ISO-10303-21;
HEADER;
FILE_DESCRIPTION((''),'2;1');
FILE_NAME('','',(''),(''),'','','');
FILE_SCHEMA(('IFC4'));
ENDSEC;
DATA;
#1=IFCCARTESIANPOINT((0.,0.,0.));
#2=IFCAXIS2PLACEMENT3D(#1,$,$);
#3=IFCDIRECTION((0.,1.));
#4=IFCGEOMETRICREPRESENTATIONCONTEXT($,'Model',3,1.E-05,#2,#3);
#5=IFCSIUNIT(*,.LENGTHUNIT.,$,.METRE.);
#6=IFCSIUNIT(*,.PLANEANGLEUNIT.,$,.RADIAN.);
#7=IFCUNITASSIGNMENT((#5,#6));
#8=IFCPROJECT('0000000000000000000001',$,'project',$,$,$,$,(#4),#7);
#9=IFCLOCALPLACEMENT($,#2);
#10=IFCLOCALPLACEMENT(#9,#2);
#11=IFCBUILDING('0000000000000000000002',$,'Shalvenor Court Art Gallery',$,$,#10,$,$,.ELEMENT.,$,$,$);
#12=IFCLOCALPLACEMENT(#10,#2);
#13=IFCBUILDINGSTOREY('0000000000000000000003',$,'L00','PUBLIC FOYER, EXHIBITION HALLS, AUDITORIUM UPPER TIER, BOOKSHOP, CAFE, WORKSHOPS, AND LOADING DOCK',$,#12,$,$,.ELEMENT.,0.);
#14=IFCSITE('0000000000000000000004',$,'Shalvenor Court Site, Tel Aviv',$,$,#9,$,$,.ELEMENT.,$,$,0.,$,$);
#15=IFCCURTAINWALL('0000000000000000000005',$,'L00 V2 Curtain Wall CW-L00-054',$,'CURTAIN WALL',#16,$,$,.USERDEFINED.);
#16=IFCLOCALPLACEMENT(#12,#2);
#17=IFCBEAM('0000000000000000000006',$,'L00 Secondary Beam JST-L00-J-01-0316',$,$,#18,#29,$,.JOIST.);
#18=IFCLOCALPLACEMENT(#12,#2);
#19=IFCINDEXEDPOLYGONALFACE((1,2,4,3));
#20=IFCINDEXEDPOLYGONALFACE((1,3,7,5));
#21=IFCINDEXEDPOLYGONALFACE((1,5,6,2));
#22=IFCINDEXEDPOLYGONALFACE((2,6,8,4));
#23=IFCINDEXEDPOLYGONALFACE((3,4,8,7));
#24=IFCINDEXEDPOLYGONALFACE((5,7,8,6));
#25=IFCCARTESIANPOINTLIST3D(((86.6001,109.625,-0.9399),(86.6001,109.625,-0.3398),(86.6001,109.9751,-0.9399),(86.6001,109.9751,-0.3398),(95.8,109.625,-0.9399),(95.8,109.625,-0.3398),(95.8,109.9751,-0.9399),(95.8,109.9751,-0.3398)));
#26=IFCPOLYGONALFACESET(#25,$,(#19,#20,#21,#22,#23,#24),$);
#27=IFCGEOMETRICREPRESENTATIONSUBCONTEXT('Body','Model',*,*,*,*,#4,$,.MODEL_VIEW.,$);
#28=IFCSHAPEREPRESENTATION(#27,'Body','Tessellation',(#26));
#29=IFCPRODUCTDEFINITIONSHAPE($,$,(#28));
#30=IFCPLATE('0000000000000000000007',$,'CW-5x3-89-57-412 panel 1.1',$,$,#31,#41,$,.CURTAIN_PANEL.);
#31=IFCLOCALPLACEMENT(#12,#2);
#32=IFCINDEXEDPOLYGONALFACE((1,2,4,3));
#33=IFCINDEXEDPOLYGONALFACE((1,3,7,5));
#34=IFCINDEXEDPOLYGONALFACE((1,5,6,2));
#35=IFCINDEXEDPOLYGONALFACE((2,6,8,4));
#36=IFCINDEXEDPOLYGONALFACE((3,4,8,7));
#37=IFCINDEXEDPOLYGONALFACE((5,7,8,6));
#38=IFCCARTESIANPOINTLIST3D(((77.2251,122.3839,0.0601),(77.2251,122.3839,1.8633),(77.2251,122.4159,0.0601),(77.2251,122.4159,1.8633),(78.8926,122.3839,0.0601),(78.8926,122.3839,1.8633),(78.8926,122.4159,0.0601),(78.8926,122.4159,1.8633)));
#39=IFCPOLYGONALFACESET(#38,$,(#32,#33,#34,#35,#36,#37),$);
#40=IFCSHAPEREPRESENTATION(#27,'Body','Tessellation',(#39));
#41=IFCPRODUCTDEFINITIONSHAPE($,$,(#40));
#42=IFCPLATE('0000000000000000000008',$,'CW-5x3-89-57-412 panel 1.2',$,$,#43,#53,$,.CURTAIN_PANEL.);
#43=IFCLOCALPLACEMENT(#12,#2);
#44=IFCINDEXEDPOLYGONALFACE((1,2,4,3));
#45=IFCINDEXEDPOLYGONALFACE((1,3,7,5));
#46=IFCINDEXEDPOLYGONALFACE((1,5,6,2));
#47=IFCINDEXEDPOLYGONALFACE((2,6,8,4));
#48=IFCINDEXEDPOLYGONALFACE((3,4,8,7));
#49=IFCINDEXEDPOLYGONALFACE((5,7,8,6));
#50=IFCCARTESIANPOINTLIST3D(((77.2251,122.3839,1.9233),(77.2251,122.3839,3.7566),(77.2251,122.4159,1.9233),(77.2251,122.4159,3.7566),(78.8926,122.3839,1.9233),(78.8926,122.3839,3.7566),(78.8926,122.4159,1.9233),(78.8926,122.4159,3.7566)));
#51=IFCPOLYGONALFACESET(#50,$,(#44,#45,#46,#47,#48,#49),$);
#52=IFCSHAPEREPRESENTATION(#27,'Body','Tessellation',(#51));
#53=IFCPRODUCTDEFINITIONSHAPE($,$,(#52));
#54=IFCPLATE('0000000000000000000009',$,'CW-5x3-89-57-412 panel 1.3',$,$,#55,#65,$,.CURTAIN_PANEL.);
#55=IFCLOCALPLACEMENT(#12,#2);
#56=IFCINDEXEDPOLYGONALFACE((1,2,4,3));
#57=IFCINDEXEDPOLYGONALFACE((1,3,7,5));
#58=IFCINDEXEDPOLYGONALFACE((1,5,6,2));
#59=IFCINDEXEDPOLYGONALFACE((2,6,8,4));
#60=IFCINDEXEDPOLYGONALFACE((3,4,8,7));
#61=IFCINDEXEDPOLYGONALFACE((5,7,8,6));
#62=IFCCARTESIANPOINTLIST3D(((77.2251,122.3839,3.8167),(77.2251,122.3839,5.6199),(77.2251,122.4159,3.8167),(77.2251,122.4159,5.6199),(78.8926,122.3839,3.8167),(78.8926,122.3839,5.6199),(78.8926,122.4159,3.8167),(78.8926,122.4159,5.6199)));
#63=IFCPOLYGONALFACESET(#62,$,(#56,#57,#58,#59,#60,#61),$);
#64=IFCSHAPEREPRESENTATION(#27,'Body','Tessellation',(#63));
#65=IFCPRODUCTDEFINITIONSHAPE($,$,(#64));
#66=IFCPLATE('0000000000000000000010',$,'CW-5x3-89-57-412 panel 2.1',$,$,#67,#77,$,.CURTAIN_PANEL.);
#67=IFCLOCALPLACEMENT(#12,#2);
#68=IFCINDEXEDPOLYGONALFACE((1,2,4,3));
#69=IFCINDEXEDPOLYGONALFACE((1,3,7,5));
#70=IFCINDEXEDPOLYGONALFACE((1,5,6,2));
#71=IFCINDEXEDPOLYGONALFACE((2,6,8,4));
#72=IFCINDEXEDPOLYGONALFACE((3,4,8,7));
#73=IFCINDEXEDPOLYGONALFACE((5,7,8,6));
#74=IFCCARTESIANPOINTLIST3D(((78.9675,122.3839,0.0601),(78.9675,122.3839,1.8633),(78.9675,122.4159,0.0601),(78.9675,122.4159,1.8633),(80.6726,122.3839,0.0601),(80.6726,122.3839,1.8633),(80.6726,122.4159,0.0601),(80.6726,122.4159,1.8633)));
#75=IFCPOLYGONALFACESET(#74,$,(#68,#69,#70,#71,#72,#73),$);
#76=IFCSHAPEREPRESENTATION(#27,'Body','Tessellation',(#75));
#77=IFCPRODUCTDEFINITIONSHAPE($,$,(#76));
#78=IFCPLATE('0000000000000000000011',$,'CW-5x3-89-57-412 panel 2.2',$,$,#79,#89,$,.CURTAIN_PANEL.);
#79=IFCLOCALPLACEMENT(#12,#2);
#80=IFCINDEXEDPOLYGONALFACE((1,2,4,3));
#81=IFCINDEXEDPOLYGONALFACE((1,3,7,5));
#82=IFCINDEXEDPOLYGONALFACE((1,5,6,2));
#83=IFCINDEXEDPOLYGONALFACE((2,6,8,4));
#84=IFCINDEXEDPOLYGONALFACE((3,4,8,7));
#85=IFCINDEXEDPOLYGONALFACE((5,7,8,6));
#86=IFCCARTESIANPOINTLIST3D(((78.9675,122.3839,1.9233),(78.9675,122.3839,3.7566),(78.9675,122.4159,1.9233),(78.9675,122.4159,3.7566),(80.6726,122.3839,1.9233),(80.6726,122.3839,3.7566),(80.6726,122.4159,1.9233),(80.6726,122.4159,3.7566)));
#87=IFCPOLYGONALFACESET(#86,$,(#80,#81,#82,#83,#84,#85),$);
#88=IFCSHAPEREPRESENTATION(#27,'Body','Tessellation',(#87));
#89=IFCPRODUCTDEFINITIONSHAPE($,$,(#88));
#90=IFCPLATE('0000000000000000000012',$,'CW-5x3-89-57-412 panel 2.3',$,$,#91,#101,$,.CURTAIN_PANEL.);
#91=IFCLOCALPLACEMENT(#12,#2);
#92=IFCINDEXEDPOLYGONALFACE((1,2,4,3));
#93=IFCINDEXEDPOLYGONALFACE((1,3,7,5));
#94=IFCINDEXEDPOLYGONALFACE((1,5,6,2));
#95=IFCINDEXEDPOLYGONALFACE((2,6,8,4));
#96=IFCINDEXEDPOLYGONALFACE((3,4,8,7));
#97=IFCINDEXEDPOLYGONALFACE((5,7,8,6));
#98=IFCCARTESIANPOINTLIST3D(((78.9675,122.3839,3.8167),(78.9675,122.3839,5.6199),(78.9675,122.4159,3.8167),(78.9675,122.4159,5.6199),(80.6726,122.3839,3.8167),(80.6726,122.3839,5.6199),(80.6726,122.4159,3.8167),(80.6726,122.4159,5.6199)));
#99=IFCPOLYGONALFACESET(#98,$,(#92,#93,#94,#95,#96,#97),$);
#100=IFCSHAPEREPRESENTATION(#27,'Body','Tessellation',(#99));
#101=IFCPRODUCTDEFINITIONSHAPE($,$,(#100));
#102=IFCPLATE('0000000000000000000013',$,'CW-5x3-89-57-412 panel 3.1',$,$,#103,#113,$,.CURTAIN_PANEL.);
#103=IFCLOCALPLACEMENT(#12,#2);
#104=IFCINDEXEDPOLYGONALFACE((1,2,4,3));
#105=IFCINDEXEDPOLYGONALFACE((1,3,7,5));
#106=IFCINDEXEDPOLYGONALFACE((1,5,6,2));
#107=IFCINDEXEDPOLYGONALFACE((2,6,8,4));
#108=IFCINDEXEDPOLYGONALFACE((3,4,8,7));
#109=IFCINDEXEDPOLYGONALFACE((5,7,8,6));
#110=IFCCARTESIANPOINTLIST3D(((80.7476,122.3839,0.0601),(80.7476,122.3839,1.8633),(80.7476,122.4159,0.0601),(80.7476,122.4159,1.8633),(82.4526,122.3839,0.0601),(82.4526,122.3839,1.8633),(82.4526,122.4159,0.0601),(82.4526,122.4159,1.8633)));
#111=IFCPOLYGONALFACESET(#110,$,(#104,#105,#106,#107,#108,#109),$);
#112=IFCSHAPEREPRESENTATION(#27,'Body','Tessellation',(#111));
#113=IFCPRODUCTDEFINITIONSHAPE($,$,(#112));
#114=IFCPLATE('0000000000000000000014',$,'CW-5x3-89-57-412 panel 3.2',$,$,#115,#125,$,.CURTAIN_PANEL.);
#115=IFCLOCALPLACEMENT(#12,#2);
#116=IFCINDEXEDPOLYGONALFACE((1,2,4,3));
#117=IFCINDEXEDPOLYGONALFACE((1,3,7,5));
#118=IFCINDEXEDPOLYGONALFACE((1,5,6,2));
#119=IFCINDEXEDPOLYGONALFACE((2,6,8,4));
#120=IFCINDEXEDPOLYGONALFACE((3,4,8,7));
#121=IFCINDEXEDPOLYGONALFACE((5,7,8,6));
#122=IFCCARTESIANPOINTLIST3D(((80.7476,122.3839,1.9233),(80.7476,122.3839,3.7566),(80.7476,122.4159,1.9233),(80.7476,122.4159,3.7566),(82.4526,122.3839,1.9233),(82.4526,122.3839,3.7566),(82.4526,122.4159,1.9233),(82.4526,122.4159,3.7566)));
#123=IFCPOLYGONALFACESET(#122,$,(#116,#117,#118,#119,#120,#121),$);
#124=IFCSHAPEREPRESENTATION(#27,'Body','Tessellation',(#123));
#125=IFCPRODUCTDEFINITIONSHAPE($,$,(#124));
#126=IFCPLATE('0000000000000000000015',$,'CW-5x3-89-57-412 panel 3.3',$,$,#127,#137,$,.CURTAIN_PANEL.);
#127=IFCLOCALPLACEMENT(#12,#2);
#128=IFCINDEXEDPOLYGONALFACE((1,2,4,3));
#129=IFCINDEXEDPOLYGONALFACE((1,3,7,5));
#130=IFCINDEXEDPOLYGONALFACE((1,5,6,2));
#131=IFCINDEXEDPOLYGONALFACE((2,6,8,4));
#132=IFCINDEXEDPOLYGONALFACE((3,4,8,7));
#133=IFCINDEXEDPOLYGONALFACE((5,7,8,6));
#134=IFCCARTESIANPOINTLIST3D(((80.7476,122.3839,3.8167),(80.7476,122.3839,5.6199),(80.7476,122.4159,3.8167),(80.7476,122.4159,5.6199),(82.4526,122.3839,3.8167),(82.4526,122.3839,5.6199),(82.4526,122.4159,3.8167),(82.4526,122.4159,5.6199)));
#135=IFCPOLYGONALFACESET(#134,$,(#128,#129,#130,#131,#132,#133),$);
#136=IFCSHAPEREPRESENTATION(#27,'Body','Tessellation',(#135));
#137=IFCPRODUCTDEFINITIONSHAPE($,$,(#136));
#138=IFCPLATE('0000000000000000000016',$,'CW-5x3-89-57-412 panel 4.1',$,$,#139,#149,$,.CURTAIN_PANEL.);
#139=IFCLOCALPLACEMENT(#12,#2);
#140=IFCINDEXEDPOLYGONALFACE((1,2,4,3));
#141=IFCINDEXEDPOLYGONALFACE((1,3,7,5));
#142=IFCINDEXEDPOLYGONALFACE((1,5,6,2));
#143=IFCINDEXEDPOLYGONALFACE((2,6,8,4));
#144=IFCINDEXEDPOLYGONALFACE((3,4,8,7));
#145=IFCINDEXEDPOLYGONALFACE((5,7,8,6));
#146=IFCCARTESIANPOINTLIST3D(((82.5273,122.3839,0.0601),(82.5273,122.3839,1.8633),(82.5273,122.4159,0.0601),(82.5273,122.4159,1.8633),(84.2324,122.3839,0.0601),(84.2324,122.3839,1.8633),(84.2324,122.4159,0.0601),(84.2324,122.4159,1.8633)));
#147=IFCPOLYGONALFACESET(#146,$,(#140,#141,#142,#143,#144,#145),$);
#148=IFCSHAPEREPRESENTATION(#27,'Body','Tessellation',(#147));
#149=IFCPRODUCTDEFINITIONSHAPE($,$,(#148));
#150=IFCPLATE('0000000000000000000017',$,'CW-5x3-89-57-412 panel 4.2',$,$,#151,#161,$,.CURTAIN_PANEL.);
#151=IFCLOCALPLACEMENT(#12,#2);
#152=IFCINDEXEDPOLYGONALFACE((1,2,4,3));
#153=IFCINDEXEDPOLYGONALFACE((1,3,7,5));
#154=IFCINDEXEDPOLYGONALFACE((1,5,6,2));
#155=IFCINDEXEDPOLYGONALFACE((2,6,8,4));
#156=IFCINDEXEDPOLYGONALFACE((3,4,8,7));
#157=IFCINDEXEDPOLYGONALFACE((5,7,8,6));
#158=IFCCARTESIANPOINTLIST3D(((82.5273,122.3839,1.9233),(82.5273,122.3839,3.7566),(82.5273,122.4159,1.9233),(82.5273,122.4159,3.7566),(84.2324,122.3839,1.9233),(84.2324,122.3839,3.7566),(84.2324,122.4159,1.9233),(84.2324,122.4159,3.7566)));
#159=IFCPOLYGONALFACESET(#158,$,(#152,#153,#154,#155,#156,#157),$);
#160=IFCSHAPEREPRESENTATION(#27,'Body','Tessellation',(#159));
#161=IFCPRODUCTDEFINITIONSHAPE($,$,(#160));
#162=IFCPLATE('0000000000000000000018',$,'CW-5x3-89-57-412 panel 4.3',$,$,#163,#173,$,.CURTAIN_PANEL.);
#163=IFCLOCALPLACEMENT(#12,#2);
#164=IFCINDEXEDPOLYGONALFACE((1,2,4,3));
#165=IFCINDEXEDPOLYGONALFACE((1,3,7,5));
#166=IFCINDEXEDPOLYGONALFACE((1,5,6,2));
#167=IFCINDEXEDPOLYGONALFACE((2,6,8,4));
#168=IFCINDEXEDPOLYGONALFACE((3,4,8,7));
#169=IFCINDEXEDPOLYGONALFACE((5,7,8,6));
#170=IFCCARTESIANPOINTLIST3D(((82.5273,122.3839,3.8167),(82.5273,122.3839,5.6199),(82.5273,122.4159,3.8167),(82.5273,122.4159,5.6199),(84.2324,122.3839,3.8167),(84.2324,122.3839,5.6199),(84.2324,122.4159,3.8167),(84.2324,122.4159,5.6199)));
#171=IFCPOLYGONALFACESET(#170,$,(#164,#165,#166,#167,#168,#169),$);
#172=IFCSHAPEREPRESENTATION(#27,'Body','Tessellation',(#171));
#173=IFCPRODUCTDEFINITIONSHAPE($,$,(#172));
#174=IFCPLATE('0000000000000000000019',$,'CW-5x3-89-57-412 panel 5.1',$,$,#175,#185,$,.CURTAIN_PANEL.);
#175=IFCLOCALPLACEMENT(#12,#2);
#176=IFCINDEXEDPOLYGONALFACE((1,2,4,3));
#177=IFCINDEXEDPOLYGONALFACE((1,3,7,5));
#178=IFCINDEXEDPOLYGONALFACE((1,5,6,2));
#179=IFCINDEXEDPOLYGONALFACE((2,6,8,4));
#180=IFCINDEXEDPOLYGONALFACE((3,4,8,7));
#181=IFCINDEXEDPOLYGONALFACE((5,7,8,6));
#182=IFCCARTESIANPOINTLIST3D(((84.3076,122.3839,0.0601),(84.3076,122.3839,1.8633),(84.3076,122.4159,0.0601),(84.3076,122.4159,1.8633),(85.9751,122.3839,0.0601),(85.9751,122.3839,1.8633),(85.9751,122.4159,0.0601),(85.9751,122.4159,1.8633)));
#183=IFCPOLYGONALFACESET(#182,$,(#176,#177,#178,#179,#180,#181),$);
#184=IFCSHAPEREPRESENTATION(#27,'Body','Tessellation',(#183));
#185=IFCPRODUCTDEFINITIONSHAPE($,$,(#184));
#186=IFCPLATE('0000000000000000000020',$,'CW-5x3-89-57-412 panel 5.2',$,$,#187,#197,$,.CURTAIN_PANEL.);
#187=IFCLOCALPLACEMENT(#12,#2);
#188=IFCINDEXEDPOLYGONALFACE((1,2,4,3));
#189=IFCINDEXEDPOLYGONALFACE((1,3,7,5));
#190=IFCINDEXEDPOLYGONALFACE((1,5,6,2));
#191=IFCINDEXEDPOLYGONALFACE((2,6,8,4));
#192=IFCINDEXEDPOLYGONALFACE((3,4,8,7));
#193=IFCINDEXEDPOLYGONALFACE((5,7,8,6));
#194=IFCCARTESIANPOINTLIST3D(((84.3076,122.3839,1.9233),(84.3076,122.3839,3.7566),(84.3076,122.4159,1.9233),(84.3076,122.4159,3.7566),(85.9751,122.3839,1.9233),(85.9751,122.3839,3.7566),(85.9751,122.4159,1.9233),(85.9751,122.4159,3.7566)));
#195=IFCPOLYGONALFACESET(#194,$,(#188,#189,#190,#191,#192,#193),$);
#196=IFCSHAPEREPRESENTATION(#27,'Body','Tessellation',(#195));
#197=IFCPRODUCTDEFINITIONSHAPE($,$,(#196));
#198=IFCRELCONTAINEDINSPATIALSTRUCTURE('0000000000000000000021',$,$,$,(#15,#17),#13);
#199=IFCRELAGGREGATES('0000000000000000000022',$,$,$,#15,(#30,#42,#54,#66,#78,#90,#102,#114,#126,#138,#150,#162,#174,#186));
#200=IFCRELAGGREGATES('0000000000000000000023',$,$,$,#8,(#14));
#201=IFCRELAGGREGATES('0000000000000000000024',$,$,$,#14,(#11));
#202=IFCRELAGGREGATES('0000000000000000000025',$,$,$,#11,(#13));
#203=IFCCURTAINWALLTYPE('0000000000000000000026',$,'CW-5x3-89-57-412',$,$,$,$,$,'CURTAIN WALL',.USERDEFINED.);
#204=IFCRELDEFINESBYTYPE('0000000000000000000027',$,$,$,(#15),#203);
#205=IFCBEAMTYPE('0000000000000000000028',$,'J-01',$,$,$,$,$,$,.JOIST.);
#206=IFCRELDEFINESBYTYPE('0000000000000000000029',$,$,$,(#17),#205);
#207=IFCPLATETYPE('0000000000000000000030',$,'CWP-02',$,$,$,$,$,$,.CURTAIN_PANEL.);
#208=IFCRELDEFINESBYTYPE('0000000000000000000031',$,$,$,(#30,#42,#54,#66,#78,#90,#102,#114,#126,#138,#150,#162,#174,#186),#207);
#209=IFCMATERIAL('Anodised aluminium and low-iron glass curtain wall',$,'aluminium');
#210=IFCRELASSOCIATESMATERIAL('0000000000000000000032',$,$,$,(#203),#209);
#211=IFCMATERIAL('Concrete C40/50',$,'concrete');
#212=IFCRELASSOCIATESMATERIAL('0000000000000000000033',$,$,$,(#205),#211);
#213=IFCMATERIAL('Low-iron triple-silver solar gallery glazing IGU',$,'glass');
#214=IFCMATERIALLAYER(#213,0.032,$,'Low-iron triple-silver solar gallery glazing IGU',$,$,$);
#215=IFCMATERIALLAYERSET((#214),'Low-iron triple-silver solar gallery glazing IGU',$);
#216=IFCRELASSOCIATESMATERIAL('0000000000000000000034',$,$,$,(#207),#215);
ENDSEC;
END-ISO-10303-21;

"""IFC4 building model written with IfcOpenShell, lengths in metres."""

from ifc_helpers import new_model, si_unit, direction, frame, origin, origin_2d, place, context, subcontext, project, spatial, rectangle, extrude, material, layer, layer_set, material_profile, profile_set, type_object, element, aggregate, save


model = new_model("IFC4")

# Units and contexts
model_context = context("Model", 3, precision=1e-05, world=origin(), true_north=direction((0.0, 1.0)))
body_context = subcontext(model_context, "Body", "Model", "MODEL_VIEW")
ifc_project = project(units=[si_unit("LENGTHUNIT", "METRE"), si_unit("PLANEANGLEUNIT", "RADIAN")], contexts=[model_context])

# Site, building, storey
site_placement = place(None, origin())
site = spatial("IfcSite", under=ifc_project, at=site_placement, Name="Shalvenor Court Site, Tel Aviv", CompositionType="ELEMENT", RefElevation=0.0)
building_placement = place(site_placement, origin())
building = spatial("IfcBuilding", under=site, at=building_placement, Name="Shalvenor Court Art Gallery", CompositionType="ELEMENT")
storey_placement = place(building_placement, origin())
storey = spatial("IfcBuildingStorey", under=building, at=storey_placement, Name="L00", Description="PUBLIC FOYER, EXHIBITION HALLS, AUDITORIUM UPPER TIER, BOOKSHOP, CAFE, WORKSHOPS, AND LOADING DOCK", CompositionType="ELEMENT", Elevation=0.0)

# Curtain wall
ifc_material_1 = material(Name="Anodised aluminium and low-iron glass curtain wall", Category="aluminium")
curtain_wall_type = type_object("IfcCurtainWallType", Name="CW-5x3-89-57-412", ElementType="CURTAIN WALL", PredefinedType="USERDEFINED", material=ifc_material_1)
curtain_wall_placement = place(storey_placement, origin())
curtain_wall = element("IfcCurtainWall", 1, at=curtain_wall_placement, inside=storey, type_object=curtain_wall_type, Name="L00 V2 Curtain Wall CW-L00-054", ObjectType="CURTAIN WALL", PredefinedType="USERDEFINED")

# Beam
ifc_material_2 = material(Name="Concrete C40/50", Category="concrete")
ifc_material_profile_1 = material_profile(ifc_material_2, rectangle(XDim=0.3501, YDim=0.6001, at=origin_2d()), Name="RC 350x600")
ifc_profile_set_1 = profile_set([ifc_material_profile_1], Name="Concrete C40/50")
beam_type_1 = type_object("IfcBeamType", Name="J-01", PredefinedType="JOIST", material=ifc_profile_set_1)
beam_1_placement = place(storey_placement, frame((86.6001, 109.8, -0.6399), z_axis=(1.0, 0.0, 0.0), x_axis=(0.0, 1.0, 0.0)))
element("IfcBeam", 2, at=beam_1_placement, inside=storey, type_object=beam_type_1, Name="L00 Secondary Beam JST-L00-J-01-0316", PredefinedType="JOIST", context=body_context, shape_type="SweptSolid", body=[
    extrude(rectangle(XDim=0.3501, YDim=0.6001, at=origin_2d()), origin(), (0.0, 0.0, 1.0), 9.2),
])

# Plates
ifc_material_3 = material(Name="Low-iron triple-silver solar gallery glazing IGU", Category="glass")
ifc_layer_1 = layer(ifc_material_3, 0.032, Name="Low-iron triple-silver solar gallery glazing IGU")
ifc_layer_set_1 = layer_set([ifc_layer_1], Name="Low-iron triple-silver solar gallery glazing IGU")
plate_type_1 = type_object("IfcPlateType", Name="CWP-02", PredefinedType="CURTAIN_PANEL", material=ifc_layer_set_1)
plate_1_placement = place(storey_placement, frame((78.0588, 122.3999, 0.0601), z_axis=(0.0, 0.0, 1.0), x_axis=(1.0, 0.0, 0.0)))
plate_1 = element("IfcPlate", 3, at=plate_1_placement, type_object=plate_type_1, Name="CW-5x3-89-57-412 panel 1.1", PredefinedType="CURTAIN_PANEL", context=body_context, shape_type="SweptSolid", body=[
    extrude(rectangle(XDim=1.6675, YDim=0.032, at=origin_2d()), origin(), (0.0, 0.0, 1.0), 1.8032),
])
plate_2_placement = place(storey_placement, frame((78.0588, 122.3999, 1.9233), z_axis=(0.0, 0.0, 1.0), x_axis=(1.0, 0.0, 0.0)))
plate_2 = element("IfcPlate", 4, at=plate_2_placement, type_object=plate_type_1, Name="CW-5x3-89-57-412 panel 1.2", PredefinedType="CURTAIN_PANEL", context=body_context, shape_type="SweptSolid", body=[
    extrude(rectangle(XDim=1.6675, YDim=0.032, at=origin_2d()), origin(), (0.0, 0.0, 1.0), 1.8333),
])
plate_3_placement = place(storey_placement, frame((78.0588, 122.3999, 3.8167), z_axis=(0.0, 0.0, 1.0), x_axis=(1.0, 0.0, 0.0)))
plate_3 = element("IfcPlate", 5, at=plate_3_placement, type_object=plate_type_1, Name="CW-5x3-89-57-412 panel 1.3", PredefinedType="CURTAIN_PANEL", context=body_context, shape_type="SweptSolid", body=[
    extrude(rectangle(XDim=1.6675, YDim=0.032, at=origin_2d()), origin(), (0.0, 0.0, 1.0), 1.8032),
])
plate_4_placement = place(storey_placement, frame((79.8201, 122.3999, 0.0601), z_axis=(0.0, 0.0, 1.0), x_axis=(1.0, 0.0, 0.0)))
plate_4 = element("IfcPlate", 6, at=plate_4_placement, type_object=plate_type_1, Name="CW-5x3-89-57-412 panel 2.1", PredefinedType="CURTAIN_PANEL", context=body_context, shape_type="SweptSolid", body=[
    extrude(rectangle(XDim=1.7051, YDim=0.032, at=origin_2d()), origin(), (0.0, 0.0, 1.0), 1.8032),
])
plate_5_placement = place(storey_placement, frame((79.8201, 122.3999, 1.9233), z_axis=(0.0, 0.0, 1.0), x_axis=(1.0, 0.0, 0.0)))
plate_5 = element("IfcPlate", 7, at=plate_5_placement, type_object=plate_type_1, Name="CW-5x3-89-57-412 panel 2.2", PredefinedType="CURTAIN_PANEL", context=body_context, shape_type="SweptSolid", body=[
    extrude(rectangle(XDim=1.7051, YDim=0.032, at=origin_2d()), origin(), (0.0, 0.0, 1.0), 1.8333),
])
plate_6_placement = place(storey_placement, frame((79.8201, 122.3999, 3.8167), z_axis=(0.0, 0.0, 1.0), x_axis=(1.0, 0.0, 0.0)))
plate_6 = element("IfcPlate", 8, at=plate_6_placement, type_object=plate_type_1, Name="CW-5x3-89-57-412 panel 2.3", PredefinedType="CURTAIN_PANEL", context=body_context, shape_type="SweptSolid", body=[
    extrude(rectangle(XDim=1.7051, YDim=0.032, at=origin_2d()), origin(), (0.0, 0.0, 1.0), 1.8032),
])
plate_7_placement = place(storey_placement, frame((81.6001, 122.3999, 0.0601), z_axis=(0.0, 0.0, 1.0), x_axis=(1.0, 0.0, 0.0)))
plate_7 = element("IfcPlate", 9, at=plate_7_placement, type_object=plate_type_1, Name="CW-5x3-89-57-412 panel 3.1", PredefinedType="CURTAIN_PANEL", context=body_context, shape_type="SweptSolid", body=[
    extrude(rectangle(XDim=1.7051, YDim=0.032, at=origin_2d()), origin(), (0.0, 0.0, 1.0), 1.8032),
])
plate_8_placement = place(storey_placement, frame((81.6001, 122.3999, 1.9233), z_axis=(0.0, 0.0, 1.0), x_axis=(1.0, 0.0, 0.0)))
plate_8 = element("IfcPlate", 10, at=plate_8_placement, type_object=plate_type_1, Name="CW-5x3-89-57-412 panel 3.2", PredefinedType="CURTAIN_PANEL", context=body_context, shape_type="SweptSolid", body=[
    extrude(rectangle(XDim=1.7051, YDim=0.032, at=origin_2d()), origin(), (0.0, 0.0, 1.0), 1.8333),
])
plate_9_placement = place(storey_placement, frame((81.6001, 122.3999, 3.8167), z_axis=(0.0, 0.0, 1.0), x_axis=(1.0, 0.0, 0.0)))
plate_9 = element("IfcPlate", 11, at=plate_9_placement, type_object=plate_type_1, Name="CW-5x3-89-57-412 panel 3.3", PredefinedType="CURTAIN_PANEL", context=body_context, shape_type="SweptSolid", body=[
    extrude(rectangle(XDim=1.7051, YDim=0.032, at=origin_2d()), origin(), (0.0, 0.0, 1.0), 1.8032),
])
plate_10_placement = place(storey_placement, frame((83.3799, 122.3999, 0.0601), z_axis=(0.0, 0.0, 1.0), x_axis=(1.0, 0.0, 0.0)))
plate_10 = element("IfcPlate", 12, at=plate_10_placement, type_object=plate_type_1, Name="CW-5x3-89-57-412 panel 4.1", PredefinedType="CURTAIN_PANEL", context=body_context, shape_type="SweptSolid", body=[
    extrude(rectangle(XDim=1.7051, YDim=0.032, at=origin_2d()), origin(), (0.0, 0.0, 1.0), 1.8032),
])
plate_11_placement = place(storey_placement, frame((83.3799, 122.3999, 1.9233), z_axis=(0.0, 0.0, 1.0), x_axis=(1.0, 0.0, 0.0)))
plate_11 = element("IfcPlate", 13, at=plate_11_placement, type_object=plate_type_1, Name="CW-5x3-89-57-412 panel 4.2", PredefinedType="CURTAIN_PANEL", context=body_context, shape_type="SweptSolid", body=[
    extrude(rectangle(XDim=1.7051, YDim=0.032, at=origin_2d()), origin(), (0.0, 0.0, 1.0), 1.8333),
])
plate_12_placement = place(storey_placement, frame((83.3799, 122.3999, 3.8167), z_axis=(0.0, 0.0, 1.0), x_axis=(1.0, 0.0, 0.0)))
plate_12 = element("IfcPlate", 14, at=plate_12_placement, type_object=plate_type_1, Name="CW-5x3-89-57-412 panel 4.3", PredefinedType="CURTAIN_PANEL", context=body_context, shape_type="SweptSolid", body=[
    extrude(rectangle(XDim=1.7051, YDim=0.032, at=origin_2d()), origin(), (0.0, 0.0, 1.0), 1.8032),
])
plate_13_placement = place(storey_placement, frame((85.1414, 122.3999, 0.0601), z_axis=(0.0, 0.0, 1.0), x_axis=(1.0, 0.0, 0.0)))
plate_13 = element("IfcPlate", 15, at=plate_13_placement, type_object=plate_type_1, Name="CW-5x3-89-57-412 panel 5.1", PredefinedType="CURTAIN_PANEL", context=body_context, shape_type="SweptSolid", body=[
    extrude(rectangle(XDim=1.6675, YDim=0.032, at=origin_2d()), origin(), (0.0, 0.0, 1.0), 1.8032),
])
plate_14_placement = place(storey_placement, frame((85.1414, 122.3999, 1.9233), z_axis=(0.0, 0.0, 1.0), x_axis=(1.0, 0.0, 0.0)))
plate_14 = element("IfcPlate", 16, at=plate_14_placement, type_object=plate_type_1, Name="CW-5x3-89-57-412 panel 5.2", PredefinedType="CURTAIN_PANEL", context=body_context, shape_type="SweptSolid", body=[
    extrude(rectangle(XDim=1.6675, YDim=0.032, at=origin_2d()), origin(), (0.0, 0.0, 1.0), 1.8333),
])
aggregate(curtain_wall, [plate_1, plate_2, plate_3, plate_4, plate_5, plate_6, plate_7, plate_8, plate_9, plate_10, plate_11, plate_12, plate_13, plate_14])

save(model, "model.ifc")
